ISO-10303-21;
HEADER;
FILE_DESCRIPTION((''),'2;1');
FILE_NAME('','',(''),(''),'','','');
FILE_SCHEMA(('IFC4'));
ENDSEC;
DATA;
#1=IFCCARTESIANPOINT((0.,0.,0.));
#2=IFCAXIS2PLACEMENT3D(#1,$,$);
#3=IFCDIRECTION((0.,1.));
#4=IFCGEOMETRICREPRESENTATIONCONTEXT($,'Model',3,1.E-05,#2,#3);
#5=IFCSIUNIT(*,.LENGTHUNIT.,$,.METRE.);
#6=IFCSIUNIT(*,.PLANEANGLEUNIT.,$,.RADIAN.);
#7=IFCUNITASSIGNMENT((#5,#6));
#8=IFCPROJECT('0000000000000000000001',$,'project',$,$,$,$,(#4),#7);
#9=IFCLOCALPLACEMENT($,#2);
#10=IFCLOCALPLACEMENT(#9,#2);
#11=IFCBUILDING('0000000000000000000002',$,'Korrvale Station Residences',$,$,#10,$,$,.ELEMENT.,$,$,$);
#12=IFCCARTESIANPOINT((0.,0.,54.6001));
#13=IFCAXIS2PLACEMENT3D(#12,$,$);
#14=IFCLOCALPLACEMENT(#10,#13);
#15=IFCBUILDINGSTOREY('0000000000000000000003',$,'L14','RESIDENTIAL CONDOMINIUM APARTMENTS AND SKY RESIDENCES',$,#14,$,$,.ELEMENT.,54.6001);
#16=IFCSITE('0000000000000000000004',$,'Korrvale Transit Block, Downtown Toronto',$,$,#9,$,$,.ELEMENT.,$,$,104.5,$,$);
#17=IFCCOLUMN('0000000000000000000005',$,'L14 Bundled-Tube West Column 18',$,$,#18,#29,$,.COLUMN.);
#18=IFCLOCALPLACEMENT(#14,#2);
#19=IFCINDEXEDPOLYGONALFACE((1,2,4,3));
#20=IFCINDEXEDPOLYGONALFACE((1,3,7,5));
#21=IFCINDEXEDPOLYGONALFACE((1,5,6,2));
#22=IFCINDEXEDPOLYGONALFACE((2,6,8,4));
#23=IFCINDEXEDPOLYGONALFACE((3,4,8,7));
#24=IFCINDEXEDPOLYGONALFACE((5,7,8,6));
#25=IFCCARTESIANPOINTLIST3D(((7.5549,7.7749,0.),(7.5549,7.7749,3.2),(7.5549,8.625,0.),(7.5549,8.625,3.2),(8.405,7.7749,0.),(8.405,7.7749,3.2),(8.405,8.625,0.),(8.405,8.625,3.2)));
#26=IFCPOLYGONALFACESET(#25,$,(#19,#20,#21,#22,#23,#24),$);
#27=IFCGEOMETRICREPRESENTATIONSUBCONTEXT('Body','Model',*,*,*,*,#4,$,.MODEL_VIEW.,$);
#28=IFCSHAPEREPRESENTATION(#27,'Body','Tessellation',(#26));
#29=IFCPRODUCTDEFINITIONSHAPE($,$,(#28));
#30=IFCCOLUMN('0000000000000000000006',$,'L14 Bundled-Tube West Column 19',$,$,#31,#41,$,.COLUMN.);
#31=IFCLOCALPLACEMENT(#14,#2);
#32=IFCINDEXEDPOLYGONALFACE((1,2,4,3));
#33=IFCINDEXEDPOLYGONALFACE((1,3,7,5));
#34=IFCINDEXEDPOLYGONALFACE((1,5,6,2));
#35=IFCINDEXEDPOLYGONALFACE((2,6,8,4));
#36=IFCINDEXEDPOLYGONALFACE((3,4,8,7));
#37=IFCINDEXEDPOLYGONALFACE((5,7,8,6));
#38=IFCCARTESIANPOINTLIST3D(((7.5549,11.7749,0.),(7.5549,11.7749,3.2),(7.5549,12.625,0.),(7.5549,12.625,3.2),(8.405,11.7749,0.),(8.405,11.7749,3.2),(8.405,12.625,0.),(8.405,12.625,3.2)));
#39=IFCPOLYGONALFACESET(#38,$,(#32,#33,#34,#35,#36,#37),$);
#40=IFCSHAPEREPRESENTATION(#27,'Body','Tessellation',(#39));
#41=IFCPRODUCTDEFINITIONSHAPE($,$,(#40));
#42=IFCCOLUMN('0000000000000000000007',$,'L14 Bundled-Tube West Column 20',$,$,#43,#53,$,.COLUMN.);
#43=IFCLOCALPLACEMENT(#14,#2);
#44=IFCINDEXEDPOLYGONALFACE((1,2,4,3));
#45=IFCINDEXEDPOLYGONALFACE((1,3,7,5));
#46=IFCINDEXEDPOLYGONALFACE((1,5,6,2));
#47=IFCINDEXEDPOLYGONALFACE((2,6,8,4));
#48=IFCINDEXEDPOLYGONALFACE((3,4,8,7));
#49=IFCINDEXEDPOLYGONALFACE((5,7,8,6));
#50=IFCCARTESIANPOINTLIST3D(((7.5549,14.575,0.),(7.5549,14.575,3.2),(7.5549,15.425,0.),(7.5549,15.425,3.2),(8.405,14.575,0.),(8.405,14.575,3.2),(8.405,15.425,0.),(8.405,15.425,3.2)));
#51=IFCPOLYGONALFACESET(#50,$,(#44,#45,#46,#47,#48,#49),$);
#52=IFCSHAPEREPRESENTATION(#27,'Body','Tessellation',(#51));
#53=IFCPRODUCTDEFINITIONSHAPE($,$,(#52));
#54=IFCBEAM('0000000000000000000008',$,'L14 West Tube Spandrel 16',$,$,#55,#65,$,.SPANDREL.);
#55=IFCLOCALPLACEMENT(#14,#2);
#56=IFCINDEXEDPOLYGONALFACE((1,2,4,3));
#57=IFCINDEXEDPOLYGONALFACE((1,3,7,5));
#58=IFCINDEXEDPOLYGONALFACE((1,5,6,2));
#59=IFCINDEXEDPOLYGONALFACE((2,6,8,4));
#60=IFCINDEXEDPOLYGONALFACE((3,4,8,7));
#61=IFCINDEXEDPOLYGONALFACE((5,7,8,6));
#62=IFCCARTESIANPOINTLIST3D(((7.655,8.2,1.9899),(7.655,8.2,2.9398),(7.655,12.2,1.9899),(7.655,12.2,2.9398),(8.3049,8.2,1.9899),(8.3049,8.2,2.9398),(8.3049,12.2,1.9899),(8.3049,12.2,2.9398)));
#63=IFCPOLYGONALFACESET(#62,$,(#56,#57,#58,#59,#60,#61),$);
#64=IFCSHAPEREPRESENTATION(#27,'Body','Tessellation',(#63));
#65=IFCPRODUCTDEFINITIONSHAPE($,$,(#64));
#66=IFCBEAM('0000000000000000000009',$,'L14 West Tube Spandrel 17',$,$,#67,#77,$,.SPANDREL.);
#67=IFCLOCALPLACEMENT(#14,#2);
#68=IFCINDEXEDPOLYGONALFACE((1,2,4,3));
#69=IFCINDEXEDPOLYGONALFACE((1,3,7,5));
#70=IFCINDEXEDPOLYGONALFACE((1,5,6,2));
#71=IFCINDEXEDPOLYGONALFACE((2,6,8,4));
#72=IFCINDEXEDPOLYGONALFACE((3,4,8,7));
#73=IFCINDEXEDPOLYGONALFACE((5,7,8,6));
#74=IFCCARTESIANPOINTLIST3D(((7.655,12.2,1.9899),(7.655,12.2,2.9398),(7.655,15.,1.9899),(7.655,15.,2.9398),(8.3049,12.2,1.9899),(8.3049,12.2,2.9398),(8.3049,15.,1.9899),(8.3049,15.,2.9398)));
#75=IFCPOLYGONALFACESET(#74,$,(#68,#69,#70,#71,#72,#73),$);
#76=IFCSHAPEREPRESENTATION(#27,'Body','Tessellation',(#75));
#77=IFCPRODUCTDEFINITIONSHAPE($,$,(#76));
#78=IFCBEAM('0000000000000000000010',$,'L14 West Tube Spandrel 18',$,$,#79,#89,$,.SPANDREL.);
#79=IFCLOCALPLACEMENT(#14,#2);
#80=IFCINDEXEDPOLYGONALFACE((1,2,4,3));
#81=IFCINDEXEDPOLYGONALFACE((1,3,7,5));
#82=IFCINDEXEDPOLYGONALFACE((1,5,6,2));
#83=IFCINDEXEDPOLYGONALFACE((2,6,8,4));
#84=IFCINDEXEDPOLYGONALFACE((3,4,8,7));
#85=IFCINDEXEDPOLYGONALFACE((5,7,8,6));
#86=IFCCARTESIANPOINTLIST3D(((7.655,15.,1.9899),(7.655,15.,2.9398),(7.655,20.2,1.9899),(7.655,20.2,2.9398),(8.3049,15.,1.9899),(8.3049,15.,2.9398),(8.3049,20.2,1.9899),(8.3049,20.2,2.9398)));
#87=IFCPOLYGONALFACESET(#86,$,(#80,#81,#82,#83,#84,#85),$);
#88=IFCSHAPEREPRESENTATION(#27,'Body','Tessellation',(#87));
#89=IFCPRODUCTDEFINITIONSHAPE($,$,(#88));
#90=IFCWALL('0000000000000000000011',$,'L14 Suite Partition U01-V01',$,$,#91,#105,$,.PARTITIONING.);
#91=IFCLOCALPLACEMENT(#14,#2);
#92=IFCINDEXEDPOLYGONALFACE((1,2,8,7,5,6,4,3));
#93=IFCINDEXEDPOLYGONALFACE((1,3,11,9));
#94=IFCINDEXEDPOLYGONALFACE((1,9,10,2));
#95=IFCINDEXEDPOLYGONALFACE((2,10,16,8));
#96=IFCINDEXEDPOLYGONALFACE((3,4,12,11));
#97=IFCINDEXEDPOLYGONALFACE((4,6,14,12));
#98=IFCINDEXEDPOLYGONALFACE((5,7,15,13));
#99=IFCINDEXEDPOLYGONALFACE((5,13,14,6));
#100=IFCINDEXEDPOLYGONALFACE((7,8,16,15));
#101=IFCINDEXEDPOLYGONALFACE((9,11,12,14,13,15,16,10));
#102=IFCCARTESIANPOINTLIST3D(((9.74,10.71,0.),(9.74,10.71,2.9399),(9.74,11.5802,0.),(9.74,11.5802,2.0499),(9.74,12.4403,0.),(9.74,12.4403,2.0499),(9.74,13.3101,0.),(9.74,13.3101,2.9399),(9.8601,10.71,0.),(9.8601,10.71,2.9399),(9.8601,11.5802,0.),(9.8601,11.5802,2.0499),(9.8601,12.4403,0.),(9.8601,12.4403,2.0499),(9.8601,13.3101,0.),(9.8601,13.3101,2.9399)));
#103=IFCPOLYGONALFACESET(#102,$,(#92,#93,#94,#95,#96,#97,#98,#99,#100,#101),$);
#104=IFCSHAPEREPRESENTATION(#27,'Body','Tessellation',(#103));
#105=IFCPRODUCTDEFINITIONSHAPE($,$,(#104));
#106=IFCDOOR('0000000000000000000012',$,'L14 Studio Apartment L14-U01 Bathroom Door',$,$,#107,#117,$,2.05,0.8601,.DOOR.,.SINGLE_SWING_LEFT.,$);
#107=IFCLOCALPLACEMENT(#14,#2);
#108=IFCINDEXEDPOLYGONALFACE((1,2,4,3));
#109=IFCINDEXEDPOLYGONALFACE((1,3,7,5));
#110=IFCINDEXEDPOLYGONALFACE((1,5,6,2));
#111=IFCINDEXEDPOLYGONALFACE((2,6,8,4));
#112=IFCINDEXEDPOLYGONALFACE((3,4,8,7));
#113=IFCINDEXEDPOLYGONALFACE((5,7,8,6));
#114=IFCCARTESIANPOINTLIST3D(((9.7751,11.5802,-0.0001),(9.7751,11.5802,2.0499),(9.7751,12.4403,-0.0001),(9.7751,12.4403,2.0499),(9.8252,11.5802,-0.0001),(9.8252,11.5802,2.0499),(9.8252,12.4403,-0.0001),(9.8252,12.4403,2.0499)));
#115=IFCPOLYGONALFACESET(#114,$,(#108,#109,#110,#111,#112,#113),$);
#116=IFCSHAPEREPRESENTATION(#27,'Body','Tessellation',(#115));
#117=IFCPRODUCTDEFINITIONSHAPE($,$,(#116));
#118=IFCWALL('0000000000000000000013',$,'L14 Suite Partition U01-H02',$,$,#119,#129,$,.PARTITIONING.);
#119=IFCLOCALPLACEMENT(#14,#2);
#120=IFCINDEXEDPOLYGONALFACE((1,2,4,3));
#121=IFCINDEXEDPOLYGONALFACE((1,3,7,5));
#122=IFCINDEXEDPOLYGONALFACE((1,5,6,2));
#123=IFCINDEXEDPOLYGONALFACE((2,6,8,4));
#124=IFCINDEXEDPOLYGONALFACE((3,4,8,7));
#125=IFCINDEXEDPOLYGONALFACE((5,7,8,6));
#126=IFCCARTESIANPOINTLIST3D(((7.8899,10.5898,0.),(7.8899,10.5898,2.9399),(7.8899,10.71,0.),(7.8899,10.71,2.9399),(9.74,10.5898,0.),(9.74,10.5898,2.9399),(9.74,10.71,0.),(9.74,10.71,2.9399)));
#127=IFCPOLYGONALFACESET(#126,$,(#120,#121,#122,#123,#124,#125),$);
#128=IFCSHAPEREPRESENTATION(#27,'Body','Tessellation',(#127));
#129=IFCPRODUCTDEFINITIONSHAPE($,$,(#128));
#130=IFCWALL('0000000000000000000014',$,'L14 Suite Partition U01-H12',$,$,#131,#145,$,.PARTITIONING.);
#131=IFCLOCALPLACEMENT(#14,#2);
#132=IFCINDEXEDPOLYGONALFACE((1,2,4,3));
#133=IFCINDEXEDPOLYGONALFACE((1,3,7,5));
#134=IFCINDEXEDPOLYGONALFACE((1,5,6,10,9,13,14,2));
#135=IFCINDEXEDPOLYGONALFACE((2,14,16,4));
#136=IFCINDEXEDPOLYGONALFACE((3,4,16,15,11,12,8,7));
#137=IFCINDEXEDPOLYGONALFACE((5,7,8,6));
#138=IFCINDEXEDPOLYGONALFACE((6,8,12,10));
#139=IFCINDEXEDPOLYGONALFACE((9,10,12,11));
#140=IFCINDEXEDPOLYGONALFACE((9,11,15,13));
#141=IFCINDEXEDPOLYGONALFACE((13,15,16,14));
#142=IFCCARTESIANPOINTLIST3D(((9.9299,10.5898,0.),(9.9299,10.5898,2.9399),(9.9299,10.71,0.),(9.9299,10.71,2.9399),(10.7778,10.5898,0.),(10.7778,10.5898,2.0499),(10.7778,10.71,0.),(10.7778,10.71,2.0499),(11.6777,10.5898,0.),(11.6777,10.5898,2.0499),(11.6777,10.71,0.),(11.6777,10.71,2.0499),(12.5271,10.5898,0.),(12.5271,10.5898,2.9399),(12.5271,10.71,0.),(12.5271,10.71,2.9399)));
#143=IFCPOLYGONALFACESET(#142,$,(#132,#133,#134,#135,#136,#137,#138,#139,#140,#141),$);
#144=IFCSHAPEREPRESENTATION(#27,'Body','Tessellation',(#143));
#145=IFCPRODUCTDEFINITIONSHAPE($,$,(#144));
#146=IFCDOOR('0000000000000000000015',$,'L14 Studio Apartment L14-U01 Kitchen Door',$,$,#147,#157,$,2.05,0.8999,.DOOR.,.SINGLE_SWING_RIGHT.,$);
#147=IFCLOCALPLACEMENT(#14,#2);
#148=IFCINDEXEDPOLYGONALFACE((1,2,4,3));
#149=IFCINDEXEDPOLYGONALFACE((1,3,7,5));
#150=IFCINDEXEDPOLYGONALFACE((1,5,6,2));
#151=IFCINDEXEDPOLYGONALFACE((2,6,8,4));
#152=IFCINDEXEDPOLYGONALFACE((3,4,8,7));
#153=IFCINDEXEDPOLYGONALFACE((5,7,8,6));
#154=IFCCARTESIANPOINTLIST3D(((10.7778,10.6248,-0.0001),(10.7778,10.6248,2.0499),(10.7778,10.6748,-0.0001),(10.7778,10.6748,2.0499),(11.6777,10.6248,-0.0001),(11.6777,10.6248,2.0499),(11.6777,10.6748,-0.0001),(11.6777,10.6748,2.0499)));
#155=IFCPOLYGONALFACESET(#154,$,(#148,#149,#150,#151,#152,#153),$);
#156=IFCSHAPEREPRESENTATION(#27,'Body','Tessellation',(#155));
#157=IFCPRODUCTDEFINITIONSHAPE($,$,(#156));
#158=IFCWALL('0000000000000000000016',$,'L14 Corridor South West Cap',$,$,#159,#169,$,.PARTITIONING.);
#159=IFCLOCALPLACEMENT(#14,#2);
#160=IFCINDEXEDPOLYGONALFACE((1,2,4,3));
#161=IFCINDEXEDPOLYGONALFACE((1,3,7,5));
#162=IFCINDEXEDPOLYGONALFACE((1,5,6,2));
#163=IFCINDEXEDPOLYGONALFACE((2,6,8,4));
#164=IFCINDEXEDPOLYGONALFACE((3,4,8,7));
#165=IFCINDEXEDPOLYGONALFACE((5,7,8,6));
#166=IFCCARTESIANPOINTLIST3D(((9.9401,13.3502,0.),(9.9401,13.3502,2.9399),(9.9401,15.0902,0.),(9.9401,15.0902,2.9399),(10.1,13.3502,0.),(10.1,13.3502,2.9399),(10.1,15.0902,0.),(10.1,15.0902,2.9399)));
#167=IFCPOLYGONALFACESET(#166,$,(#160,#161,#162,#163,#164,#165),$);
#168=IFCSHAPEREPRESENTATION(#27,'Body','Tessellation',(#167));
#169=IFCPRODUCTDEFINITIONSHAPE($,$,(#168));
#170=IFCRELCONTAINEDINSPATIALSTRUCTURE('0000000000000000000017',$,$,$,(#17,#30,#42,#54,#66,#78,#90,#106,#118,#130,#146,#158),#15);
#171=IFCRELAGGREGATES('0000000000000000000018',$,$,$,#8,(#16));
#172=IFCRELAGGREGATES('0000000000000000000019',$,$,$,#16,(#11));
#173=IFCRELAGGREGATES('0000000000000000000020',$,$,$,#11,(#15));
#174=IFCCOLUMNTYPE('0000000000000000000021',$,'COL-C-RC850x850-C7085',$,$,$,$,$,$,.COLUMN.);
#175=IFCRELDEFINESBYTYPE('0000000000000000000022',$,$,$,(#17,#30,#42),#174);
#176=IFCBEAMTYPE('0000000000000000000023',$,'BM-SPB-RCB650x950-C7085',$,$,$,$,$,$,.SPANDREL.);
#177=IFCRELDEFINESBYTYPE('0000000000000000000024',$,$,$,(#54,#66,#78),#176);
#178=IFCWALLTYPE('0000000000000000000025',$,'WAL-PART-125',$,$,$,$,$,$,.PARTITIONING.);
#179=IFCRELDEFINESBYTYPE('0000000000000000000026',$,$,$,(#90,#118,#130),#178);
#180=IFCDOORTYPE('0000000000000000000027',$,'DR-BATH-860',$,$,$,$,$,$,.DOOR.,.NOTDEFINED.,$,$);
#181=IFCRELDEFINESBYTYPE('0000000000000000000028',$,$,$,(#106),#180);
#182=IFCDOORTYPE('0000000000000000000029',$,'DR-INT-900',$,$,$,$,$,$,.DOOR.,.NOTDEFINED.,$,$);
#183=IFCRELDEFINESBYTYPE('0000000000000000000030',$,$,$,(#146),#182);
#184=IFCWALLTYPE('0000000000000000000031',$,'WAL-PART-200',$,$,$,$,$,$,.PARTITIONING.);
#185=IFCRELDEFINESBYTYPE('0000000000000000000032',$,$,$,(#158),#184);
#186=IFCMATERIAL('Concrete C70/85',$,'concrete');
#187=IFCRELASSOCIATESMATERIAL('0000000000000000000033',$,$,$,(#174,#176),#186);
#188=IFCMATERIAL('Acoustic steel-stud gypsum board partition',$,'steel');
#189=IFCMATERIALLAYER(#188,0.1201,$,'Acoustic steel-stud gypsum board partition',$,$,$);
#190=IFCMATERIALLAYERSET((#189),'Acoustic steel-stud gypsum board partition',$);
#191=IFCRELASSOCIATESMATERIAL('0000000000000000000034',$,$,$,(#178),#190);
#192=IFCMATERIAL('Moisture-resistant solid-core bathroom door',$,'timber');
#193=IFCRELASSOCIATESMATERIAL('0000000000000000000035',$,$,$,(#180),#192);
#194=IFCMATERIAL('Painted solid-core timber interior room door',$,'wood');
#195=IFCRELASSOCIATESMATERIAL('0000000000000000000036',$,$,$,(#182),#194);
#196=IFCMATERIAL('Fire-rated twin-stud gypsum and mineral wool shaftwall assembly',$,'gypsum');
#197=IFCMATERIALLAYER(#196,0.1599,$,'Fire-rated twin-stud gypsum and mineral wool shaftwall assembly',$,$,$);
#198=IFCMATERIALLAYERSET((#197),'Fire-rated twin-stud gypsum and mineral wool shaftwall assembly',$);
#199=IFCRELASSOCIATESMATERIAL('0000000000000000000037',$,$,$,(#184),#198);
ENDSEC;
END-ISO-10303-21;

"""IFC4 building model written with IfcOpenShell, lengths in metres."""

from ifc_helpers import new_model, si_unit, direction, frame, frame_2d, origin, origin_2d, place, context, subcontext, project, spatial, rectangle, extrude, material, layer, layer_set, material_profile, profile_set, type_object, element, fill, save


model = new_model("IFC4")

# Units and contexts
model_context = context("Model", 3, precision=1e-05, world=origin(), true_north=direction((0.0, 1.0)))
body_context = subcontext(model_context, "Body", "Model", "MODEL_VIEW")
ifc_project = project(units=[si_unit("LENGTHUNIT", "METRE"), si_unit("PLANEANGLEUNIT", "RADIAN")], contexts=[model_context])

# Site, building, storey
site_placement = place(None, origin())
site = spatial("IfcSite", under=ifc_project, at=site_placement, Name="Korrvale Transit Block, Downtown Toronto", CompositionType="ELEMENT", RefElevation=104.5)
building_placement = place(site_placement, origin())
building = spatial("IfcBuilding", under=site, at=building_placement, Name="Korrvale Station Residences", CompositionType="ELEMENT")
storey_placement = place(building_placement, frame((0.0, 0.0, 54.6001)))
storey = spatial("IfcBuildingStorey", under=building, at=storey_placement, Name="L14", Description="RESIDENTIAL CONDOMINIUM APARTMENTS AND SKY RESIDENCES", CompositionType="ELEMENT", Elevation=54.6001)

# Columns
ifc_material_1 = material(Name="Concrete C70/85", Category="concrete")
ifc_material_profile_1 = material_profile(ifc_material_1, rectangle(XDim=0.8501, YDim=0.8501, at=origin_2d()), Name="RC850x850")
ifc_profile_set_1 = profile_set([ifc_material_profile_1], Name="Concrete C70/85")
column_type = type_object("IfcColumnType", Name="COL-C-RC850x850-C7085", PredefinedType="COLUMN", material=ifc_profile_set_1)
for number, where, z_axis, x_axis, name in (
    (1, (7.98, 8.2, 0.0), (0.0, 0.0, 1.0), (1.0, 0.0, 0.0), "L14 Bundled-Tube West Column 18"),
    (2, (7.98, 12.2, 0.0), (0.0, 0.0, 1.0), (1.0, 0.0, 0.0), "L14 Bundled-Tube West Column 19"),
    (3, (7.98, 15.0, 0.0), (0.0, 0.0, 1.0), (1.0, 0.0, 0.0), "L14 Bundled-Tube West Column 20"),
):
    element("IfcColumn", number, at=place(storey_placement, frame(where, z_axis=z_axis, x_axis=x_axis)), inside=storey, type_object=column_type, Name=name, PredefinedType="COLUMN", context=body_context, shape_type="SweptSolid", body=[
        extrude(rectangle(XDim=0.8501, YDim=0.8501, at=origin_2d()), origin(), (0.0, 0.0, 1.0), 3.2),
    ])

# Beams
ifc_material_profile_2 = material_profile(ifc_material_1, rectangle(XDim=0.6499, YDim=0.95, at=origin_2d()), Name="RCB650x950")
ifc_profile_set_2 = profile_set([ifc_material_profile_2], Name="Concrete C70/85")
beam_type = type_object("IfcBeamType", Name="BM-SPB-RCB650x950-C7085", PredefinedType="SPANDREL", material=ifc_profile_set_2)
beam_1_placement = place(storey_placement, frame((7.98, 8.2, 2.4648), z_axis=(0.0, 1.0, 0.0), x_axis=(-1.0, 0.0, 0.0)))
element("IfcBeam", 4, at=beam_1_placement, inside=storey, type_object=beam_type, Name="L14 West Tube Spandrel 16", PredefinedType="SPANDREL", context=body_context, shape_type="SweptSolid", body=[
    extrude(rectangle(XDim=0.6499, YDim=0.95, at=origin_2d()), origin(), (0.0, 0.0, 1.0), 4.0),
])
beam_2_placement = place(storey_placement, frame((7.98, 12.2, 2.4648), z_axis=(0.0, 1.0, 0.0), x_axis=(-1.0, 0.0, 0.0)))
element("IfcBeam", 5, at=beam_2_placement, inside=storey, type_object=beam_type, Name="L14 West Tube Spandrel 17", PredefinedType="SPANDREL", context=body_context, shape_type="SweptSolid", body=[
    extrude(rectangle(XDim=0.6499, YDim=0.95, at=origin_2d()), origin(), (0.0, 0.0, 1.0), 2.8),
])
beam_3_placement = place(storey_placement, frame((7.98, 15.0, 2.4648), z_axis=(0.0, 1.0, 0.0), x_axis=(-1.0, 0.0, 0.0)))
element("IfcBeam", 6, at=beam_3_placement, inside=storey, type_object=beam_type, Name="L14 West Tube Spandrel 18", PredefinedType="SPANDREL", context=body_context, shape_type="SweptSolid", body=[
    extrude(rectangle(XDim=0.6499, YDim=0.95, at=origin_2d()), origin(), (0.0, 0.0, 1.0), 5.2),
])

# Wall, opening, door
ifc_material_2 = material(Name="Acoustic steel-stud gypsum board partition", Category="steel")
ifc_layer_1 = layer(ifc_material_2, 0.1201, Name="Acoustic steel-stud gypsum board partition")
ifc_layer_set_1 = layer_set([ifc_layer_1], Name="Acoustic steel-stud gypsum board partition")
wall_type_1 = type_object("IfcWallType", Name="WAL-PART-125", PredefinedType="PARTITIONING", material=ifc_layer_set_1)
wall_1_placement = place(storey_placement, frame((9.8, 10.71, 0.0), z_axis=(0.0, 0.0, 1.0), x_axis=(0.0, 1.0, 0.0)))
wall_1 = element("IfcWall", 7, at=wall_1_placement, inside=storey, type_object=wall_type_1, Name="L14 Suite Partition U01-V01", PredefinedType="PARTITIONING", context=body_context, shape_type="SweptSolid", body=[
    extrude(rectangle(XDim=2.6001, YDim=0.1201, at=frame_2d((1.3, 0.0))), origin(), (0.0, 0.0, 1.0), 2.9399),
])
opening_1_placement = place(wall_1_placement, frame((0.8701, 0.0, 0.0)))
opening_1 = element("IfcOpeningElement", 8, at=opening_1_placement, cuts=wall_1, PredefinedType="OPENING", context=body_context, shape_type="SweptSolid", body=[
    extrude(rectangle(XDim=0.8601, YDim=2.05, at=frame_2d((0.4302, 1.0249))), frame((0.0, 0.0701, 0.0), z_axis=(0.0, -1.0, 0.0), x_axis=(1.0, 0.0, 0.0)), (0.0, 0.0, 1.0), 0.1401),
])
ifc_material_3 = material(Name="Moisture-resistant solid-core bathroom door", Category="timber")
door_type_1 = type_object("IfcDoorType", Name="DR-BATH-860", OperationType="NOTDEFINED", PredefinedType="DOOR", material=ifc_material_3)
door_1_placement = place(opening_1_placement, origin())
door_1 = element("IfcDoor", 9, at=door_1_placement, inside=storey, type_object=door_type_1, Name="L14 Studio Apartment L14-U01 Bathroom Door", OperationType="SINGLE_SWING_LEFT", OverallHeight=2.05, OverallWidth=0.8601, PredefinedType="DOOR", context=body_context, shape_type="SweptSolid", body=[
    extrude(rectangle(XDim=0.8601, YDim=2.05, at=frame_2d((0.4302, 1.0249))), frame((0.0, 0.0249, 0.0), z_axis=(0.0, -1.0, 0.0), x_axis=(1.0, 0.0, 0.0)), (0.0, 0.0, 1.0), 0.05),
])
fill(opening_1, door_1)

# Wall
wall_2_placement = place(storey_placement, frame((7.8899, 10.6499, 0.0), z_axis=(0.0, 0.0, 1.0), x_axis=(1.0, 0.0, 0.0)))
element("IfcWall", 10, at=wall_2_placement, inside=storey, type_object=wall_type_1, Name="L14 Suite Partition U01-H02", PredefinedType="PARTITIONING", context=body_context, shape_type="SweptSolid", body=[
    extrude(rectangle(XDim=1.8501, YDim=0.1201, at=frame_2d((0.925, 0.0))), origin(), (0.0, 0.0, 1.0), 2.9399),
])

# Wall, opening, door
wall_3_placement = place(storey_placement, frame((9.9299, 10.6499, 0.0), z_axis=(0.0, 0.0, 1.0), x_axis=(1.0, 0.0, 0.0)))
wall_3 = element("IfcWall", 11, at=wall_3_placement, inside=storey, type_object=wall_type_1, Name="L14 Suite Partition U01-H12", PredefinedType="PARTITIONING", context=body_context, shape_type="SweptSolid", body=[
    extrude(rectangle(XDim=2.5972, YDim=0.1201, at=frame_2d((1.2986, 0.0))), origin(), (0.0, 0.0, 1.0), 2.9399),
])
opening_2_placement = place(wall_3_placement, frame((0.8479, 0.0, 0.0)))
opening_2 = element("IfcOpeningElement", 12, at=opening_2_placement, cuts=wall_3, PredefinedType="OPENING", context=body_context, shape_type="SweptSolid", body=[
    extrude(rectangle(XDim=0.8999, YDim=2.05, at=frame_2d((0.45, 1.0249))), frame((0.0, 0.0701, 0.0), z_axis=(0.0, -1.0, 0.0), x_axis=(1.0, 0.0, 0.0)), (0.0, 0.0, 1.0), 0.1401),
])
ifc_material_4 = material(Name="Painted solid-core timber interior room door", Category="wood")
door_type_2 = type_object("IfcDoorType", Name="DR-INT-900", OperationType="NOTDEFINED", PredefinedType="DOOR", material=ifc_material_4)
door_2_placement = place(opening_2_placement, origin())
door_2 = element("IfcDoor", 13, at=door_2_placement, inside=storey, type_object=door_type_2, Name="L14 Studio Apartment L14-U01 Kitchen Door", OperationType="SINGLE_SWING_RIGHT", OverallHeight=2.05, OverallWidth=0.8999, PredefinedType="DOOR", context=body_context, shape_type="SweptSolid", body=[
    extrude(rectangle(XDim=0.8999, YDim=2.05, at=frame_2d((0.45, 1.0249))), frame((0.0, 0.0249, 0.0), z_axis=(0.0, -1.0, 0.0), x_axis=(1.0, 0.0, 0.0)), (0.0, 0.0, 1.0), 0.05),
])
fill(opening_2, door_2)

# Wall
ifc_material_5 = material(Name="Fire-rated twin-stud gypsum and mineral wool shaftwall assembly", Category="gypsum")
ifc_layer_2 = layer(ifc_material_5, 0.1599, Name="Fire-rated twin-stud gypsum and mineral wool shaftwall assembly")
ifc_layer_set_2 = layer_set([ifc_layer_2], Name="Fire-rated twin-stud gypsum and mineral wool shaftwall assembly")
wall_type_2 = type_object("IfcWallType", Name="WAL-PART-200", PredefinedType="PARTITIONING", material=ifc_layer_set_2)
wall_4_placement = place(storey_placement, frame((10.02, 13.3501, 0.0), z_axis=(0.0, 0.0, 1.0), x_axis=(0.0, 1.0, 0.0)))
element("IfcWall", 14, at=wall_4_placement, inside=storey, type_object=wall_type_2, Name="L14 Corridor South West Cap", PredefinedType="PARTITIONING", context=body_context, shape_type="SweptSolid", body=[
    extrude(rectangle(XDim=1.74, YDim=0.1599, at=frame_2d((0.8701, 0.0))), origin(), (0.0, 0.0, 1.0), 2.9399),
])

save(model, "model.ifc")
